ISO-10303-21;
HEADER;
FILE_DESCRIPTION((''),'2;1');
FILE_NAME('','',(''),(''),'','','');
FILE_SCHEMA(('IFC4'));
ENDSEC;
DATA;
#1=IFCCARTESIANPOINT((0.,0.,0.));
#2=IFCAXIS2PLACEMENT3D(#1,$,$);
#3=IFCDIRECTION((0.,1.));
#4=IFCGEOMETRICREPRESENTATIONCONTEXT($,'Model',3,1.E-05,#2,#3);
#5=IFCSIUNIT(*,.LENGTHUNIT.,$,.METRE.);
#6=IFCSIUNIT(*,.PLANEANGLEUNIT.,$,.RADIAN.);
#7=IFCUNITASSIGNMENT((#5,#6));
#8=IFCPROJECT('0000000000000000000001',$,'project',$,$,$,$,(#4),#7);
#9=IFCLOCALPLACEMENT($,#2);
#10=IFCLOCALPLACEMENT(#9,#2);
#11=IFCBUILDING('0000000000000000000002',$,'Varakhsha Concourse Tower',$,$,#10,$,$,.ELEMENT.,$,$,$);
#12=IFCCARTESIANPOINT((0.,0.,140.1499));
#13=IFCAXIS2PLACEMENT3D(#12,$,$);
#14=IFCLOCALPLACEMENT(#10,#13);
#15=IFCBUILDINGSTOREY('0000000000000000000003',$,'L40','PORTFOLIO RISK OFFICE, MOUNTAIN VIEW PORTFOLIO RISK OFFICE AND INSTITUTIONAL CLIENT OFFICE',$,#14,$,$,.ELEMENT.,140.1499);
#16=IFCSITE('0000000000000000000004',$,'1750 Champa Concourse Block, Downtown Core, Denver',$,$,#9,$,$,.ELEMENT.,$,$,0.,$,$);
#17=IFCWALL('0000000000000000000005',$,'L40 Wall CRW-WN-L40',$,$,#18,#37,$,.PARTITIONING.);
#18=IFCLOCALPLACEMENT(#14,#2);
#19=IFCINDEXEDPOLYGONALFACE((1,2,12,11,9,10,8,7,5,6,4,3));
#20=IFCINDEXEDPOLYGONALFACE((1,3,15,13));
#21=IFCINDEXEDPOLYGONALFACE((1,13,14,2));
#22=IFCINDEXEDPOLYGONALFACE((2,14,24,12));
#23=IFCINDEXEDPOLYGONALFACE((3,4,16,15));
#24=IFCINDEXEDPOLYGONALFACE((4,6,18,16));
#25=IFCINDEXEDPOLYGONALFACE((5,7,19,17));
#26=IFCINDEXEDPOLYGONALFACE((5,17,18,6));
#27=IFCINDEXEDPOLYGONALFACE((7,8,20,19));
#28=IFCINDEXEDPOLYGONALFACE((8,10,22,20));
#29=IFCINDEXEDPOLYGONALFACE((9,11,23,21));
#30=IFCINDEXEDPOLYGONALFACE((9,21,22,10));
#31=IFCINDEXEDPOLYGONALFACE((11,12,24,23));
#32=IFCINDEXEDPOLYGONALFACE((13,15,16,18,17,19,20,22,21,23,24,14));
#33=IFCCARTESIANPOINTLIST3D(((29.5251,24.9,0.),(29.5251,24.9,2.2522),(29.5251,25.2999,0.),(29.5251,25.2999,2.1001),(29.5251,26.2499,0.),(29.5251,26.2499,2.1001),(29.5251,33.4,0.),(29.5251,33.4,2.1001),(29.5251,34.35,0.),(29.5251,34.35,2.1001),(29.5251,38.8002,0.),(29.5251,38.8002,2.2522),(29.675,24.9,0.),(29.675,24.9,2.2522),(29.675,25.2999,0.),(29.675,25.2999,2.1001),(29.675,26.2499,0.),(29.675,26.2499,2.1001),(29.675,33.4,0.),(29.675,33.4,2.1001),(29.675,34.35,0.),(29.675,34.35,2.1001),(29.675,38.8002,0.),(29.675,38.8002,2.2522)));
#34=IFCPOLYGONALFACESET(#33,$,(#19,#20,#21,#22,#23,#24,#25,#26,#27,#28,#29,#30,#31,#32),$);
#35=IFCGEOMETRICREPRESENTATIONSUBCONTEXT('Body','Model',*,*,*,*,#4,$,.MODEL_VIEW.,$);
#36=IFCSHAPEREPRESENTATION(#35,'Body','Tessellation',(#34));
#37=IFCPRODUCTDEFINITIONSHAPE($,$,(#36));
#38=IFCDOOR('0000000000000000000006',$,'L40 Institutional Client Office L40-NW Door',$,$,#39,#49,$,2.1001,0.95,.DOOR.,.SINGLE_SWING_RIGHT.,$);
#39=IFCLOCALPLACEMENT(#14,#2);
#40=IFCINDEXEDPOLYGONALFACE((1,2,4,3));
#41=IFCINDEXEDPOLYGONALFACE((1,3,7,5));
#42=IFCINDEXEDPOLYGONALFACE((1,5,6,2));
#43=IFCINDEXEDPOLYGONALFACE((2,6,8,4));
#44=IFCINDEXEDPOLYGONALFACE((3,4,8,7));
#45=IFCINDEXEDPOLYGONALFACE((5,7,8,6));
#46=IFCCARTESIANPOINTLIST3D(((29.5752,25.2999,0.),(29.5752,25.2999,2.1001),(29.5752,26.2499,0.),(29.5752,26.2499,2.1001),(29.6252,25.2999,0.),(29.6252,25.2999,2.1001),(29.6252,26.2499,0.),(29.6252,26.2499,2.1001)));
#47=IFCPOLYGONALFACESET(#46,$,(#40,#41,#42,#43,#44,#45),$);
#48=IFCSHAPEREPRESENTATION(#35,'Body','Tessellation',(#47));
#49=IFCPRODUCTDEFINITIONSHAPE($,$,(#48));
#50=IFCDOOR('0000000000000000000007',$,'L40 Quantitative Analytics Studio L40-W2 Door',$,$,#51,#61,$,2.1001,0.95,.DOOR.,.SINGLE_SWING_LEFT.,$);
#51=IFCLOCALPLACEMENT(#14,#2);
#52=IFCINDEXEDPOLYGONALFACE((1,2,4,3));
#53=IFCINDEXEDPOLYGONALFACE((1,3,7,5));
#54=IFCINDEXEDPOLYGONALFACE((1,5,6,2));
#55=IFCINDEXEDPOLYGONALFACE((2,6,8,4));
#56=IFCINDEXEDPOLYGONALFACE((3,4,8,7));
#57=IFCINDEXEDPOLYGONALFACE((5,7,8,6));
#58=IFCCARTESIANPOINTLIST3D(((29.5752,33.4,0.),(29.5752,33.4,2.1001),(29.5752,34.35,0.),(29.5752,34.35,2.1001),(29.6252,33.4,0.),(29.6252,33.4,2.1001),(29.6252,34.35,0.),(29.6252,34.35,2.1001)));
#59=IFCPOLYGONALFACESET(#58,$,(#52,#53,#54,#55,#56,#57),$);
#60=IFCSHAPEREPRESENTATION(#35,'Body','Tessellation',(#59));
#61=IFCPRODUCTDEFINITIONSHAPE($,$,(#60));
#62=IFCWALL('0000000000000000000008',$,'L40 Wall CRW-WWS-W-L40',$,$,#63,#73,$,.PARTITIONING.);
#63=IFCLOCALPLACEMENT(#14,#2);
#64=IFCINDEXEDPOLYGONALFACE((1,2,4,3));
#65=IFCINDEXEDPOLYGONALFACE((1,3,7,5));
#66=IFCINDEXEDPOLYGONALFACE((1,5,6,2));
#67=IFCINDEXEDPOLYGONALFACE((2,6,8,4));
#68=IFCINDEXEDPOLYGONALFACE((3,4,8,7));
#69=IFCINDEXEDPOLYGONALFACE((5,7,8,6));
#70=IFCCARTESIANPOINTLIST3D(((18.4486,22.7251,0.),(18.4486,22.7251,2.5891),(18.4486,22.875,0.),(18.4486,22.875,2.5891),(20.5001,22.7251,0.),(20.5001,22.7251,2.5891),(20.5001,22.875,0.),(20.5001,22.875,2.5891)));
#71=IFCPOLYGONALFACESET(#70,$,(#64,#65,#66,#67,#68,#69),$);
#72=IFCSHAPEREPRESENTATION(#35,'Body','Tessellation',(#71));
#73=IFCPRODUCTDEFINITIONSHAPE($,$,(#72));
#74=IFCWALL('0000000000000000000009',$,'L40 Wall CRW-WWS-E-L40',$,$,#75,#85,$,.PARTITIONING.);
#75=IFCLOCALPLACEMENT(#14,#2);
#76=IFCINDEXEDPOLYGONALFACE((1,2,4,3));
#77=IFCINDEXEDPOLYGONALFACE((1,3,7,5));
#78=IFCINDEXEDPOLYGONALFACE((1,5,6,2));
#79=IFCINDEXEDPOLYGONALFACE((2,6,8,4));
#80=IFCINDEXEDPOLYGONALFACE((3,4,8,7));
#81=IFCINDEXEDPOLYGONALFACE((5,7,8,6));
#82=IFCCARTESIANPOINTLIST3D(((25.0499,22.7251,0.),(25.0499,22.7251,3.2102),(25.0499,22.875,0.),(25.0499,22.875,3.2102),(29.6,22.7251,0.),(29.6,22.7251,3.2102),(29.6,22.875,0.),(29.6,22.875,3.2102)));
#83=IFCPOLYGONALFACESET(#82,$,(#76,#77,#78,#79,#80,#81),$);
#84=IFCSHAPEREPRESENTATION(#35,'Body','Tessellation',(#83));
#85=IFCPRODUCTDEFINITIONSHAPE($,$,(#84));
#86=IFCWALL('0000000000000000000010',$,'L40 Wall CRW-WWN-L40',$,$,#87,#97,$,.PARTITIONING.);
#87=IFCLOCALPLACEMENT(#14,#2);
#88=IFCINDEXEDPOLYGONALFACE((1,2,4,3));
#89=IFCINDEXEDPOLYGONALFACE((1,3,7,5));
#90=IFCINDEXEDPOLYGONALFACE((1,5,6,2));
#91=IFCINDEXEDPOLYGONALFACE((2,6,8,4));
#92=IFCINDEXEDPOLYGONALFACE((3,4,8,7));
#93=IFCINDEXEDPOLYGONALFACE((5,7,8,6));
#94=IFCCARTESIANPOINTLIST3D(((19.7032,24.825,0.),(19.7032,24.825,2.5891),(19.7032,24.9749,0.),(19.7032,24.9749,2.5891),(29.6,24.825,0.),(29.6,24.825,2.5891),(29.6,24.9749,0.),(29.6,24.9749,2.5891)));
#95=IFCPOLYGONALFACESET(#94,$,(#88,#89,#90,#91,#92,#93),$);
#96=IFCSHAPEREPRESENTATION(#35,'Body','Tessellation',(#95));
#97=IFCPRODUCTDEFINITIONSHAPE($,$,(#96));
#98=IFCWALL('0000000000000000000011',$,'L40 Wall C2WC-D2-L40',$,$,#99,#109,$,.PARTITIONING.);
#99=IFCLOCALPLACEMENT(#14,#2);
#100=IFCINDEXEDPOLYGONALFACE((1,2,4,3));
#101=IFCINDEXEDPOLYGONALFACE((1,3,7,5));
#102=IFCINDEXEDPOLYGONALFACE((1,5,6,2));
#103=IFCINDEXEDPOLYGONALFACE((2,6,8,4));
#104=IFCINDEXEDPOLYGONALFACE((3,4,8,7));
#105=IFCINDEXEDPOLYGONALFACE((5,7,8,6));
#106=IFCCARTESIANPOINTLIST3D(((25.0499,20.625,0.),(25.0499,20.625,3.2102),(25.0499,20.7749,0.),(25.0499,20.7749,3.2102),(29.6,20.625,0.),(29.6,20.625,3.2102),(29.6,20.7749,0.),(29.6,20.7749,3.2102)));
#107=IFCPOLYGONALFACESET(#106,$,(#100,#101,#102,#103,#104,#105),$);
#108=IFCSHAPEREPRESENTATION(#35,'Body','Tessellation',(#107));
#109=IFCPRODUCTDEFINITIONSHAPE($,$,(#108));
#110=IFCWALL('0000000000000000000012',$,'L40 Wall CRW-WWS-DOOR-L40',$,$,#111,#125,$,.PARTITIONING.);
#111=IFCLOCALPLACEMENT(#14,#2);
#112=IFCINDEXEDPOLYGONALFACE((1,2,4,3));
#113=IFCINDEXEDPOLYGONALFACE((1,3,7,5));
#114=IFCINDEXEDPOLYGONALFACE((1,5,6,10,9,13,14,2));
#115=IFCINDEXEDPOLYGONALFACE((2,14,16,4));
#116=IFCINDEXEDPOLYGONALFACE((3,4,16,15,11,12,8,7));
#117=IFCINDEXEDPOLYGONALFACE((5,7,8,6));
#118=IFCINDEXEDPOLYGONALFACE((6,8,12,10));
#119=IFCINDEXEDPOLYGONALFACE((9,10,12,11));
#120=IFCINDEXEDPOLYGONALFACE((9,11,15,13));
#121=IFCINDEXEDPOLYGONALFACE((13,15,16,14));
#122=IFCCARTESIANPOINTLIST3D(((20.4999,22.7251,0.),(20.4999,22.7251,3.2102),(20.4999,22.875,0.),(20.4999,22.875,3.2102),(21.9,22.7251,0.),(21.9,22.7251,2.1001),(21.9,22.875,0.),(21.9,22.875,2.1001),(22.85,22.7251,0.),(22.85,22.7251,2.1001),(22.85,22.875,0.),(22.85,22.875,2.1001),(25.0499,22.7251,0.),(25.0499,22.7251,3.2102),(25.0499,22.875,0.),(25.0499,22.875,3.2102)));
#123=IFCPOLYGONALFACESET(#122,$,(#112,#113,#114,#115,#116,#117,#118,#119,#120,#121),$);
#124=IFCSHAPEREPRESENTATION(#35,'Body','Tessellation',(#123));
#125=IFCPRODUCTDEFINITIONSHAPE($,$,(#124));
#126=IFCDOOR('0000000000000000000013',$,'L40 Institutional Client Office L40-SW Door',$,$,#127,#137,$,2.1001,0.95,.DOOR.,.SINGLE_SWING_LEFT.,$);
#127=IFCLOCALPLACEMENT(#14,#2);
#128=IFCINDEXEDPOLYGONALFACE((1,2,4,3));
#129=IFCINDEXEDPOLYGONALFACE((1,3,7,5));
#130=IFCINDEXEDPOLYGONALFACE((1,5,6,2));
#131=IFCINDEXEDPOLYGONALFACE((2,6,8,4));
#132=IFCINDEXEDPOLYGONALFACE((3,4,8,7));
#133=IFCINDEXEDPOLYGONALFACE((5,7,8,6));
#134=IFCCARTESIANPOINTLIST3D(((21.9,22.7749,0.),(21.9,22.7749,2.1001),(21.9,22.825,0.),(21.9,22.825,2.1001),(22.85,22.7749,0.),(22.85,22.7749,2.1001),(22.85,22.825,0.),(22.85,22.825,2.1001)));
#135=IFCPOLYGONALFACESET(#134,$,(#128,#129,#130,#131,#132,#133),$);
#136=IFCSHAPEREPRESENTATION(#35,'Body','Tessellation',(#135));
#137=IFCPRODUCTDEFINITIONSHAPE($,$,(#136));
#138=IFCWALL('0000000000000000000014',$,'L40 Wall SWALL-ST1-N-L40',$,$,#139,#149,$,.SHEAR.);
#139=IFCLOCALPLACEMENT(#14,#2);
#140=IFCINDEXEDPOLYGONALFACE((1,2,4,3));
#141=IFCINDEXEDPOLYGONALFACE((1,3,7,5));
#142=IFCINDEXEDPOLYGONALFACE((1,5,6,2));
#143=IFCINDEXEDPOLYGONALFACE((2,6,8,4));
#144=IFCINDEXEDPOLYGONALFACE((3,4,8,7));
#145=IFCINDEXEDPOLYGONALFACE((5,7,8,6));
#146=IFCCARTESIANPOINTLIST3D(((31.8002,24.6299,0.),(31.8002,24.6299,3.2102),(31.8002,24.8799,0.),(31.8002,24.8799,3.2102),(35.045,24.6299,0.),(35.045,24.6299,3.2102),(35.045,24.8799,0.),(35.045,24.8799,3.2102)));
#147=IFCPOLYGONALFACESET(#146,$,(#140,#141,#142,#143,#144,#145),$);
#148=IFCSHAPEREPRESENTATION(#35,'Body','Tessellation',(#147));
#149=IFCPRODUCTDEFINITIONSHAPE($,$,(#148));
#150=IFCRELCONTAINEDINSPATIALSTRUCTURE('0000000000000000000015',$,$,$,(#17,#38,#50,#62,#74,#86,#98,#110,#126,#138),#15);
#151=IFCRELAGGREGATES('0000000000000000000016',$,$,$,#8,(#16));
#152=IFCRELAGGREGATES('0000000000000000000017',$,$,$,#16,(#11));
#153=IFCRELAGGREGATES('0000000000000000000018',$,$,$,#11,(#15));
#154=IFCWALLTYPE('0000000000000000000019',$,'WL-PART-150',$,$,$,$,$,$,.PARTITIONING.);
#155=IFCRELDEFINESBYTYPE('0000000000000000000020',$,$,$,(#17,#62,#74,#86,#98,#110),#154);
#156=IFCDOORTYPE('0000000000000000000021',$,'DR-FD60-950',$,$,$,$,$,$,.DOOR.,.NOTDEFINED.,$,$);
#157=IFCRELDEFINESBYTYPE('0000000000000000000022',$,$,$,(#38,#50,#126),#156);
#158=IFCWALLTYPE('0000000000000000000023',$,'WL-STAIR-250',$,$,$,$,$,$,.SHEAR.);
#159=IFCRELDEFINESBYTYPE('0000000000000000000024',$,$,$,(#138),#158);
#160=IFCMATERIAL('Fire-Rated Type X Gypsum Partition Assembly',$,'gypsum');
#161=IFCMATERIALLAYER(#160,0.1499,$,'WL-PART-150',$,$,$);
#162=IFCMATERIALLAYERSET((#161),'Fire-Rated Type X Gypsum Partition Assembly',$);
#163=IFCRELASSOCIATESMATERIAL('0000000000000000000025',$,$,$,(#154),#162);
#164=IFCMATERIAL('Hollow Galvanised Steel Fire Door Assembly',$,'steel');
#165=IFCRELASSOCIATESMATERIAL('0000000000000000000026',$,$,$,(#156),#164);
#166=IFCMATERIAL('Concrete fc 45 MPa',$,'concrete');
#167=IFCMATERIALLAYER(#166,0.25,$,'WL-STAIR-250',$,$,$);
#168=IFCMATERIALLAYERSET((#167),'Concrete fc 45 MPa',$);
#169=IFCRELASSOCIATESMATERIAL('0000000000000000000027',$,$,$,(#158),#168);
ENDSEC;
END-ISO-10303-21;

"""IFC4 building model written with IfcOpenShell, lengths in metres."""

from ifc_helpers import new_model, si_unit, direction, frame, frame_2d, origin, place, context, subcontext, project, spatial, rectangle, extrude, material, layer, layer_set, type_object, element, fill, save


model = new_model("IFC4")

# Units and contexts
model_context = context("Model", 3, precision=1e-05, world=origin(), true_north=direction((0.0, 1.0)))
body_context = subcontext(model_context, "Body", "Model", "MODEL_VIEW")
ifc_project = project(units=[si_unit("LENGTHUNIT", "METRE"), si_unit("PLANEANGLEUNIT", "RADIAN")], contexts=[model_context])

# Site, building, storey
site_placement = place(None, origin())
site = spatial("IfcSite", under=ifc_project, at=site_placement, Name="1750 Champa Concourse Block, Downtown Core, Denver", CompositionType="ELEMENT", RefElevation=0.0)
building_placement = place(site_placement, origin())
building = spatial("IfcBuilding", under=site, at=building_placement, Name="Varakhsha Concourse Tower", CompositionType="ELEMENT")
storey_placement = place(building_placement, frame((0.0, 0.0, 140.1499)))
storey = spatial("IfcBuildingStorey", under=building, at=storey_placement, Name="L40", Description="PORTFOLIO RISK OFFICE, MOUNTAIN VIEW PORTFOLIO RISK OFFICE AND INSTITUTIONAL CLIENT OFFICE", CompositionType="ELEMENT", Elevation=140.1499)

# Wall, openings, doors
ifc_material_1 = material(Name="Fire-Rated Type X Gypsum Partition Assembly", Category="gypsum")
ifc_layer_1 = layer(ifc_material_1, 0.1499, Name="WL-PART-150")
ifc_layer_set_1 = layer_set([ifc_layer_1], Name="Fire-Rated Type X Gypsum Partition Assembly")
wall_type_1 = type_object("IfcWallType", Name="WL-PART-150", PredefinedType="PARTITIONING", material=ifc_layer_set_1)
wall_1_placement = place(storey_placement, frame((29.6001, 24.8999, 0.0), z_axis=(0.0, 0.0, 1.0), x_axis=(0.0, 1.0, 0.0)))
wall_1 = element("IfcWall", 1, at=wall_1_placement, inside=storey, type_object=wall_type_1, Name="L40 Wall CRW-WN-L40", PredefinedType="PARTITIONING", context=body_context, shape_type="SweptSolid", body=[
    extrude(rectangle(XDim=13.9001, YDim=0.1499, at=frame_2d((6.9502, 0.0))), origin(), (0.0, 0.0, 1.0), 2.2522),
])
opening_1_placement = place(wall_1_placement, frame((0.3999, 0.0, 0.0)))
opening_1 = element("IfcOpeningElement", 2, at=opening_1_placement, cuts=wall_1, PredefinedType="OPENING", context=body_context, shape_type="SweptSolid", body=[
    extrude(rectangle(XDim=0.95, YDim=2.1001, at=frame_2d((0.4751, 1.05))), frame((0.0, 0.085, 0.0), z_axis=(0.0, -1.0, 0.0), x_axis=(1.0, 0.0, 0.0)), (0.0, 0.0, 1.0), 0.1699),
])
opening_2_placement = place(wall_1_placement, frame((8.5, 0.0, 0.0)))
opening_2 = element("IfcOpeningElement", 3, at=opening_2_placement, cuts=wall_1, PredefinedType="OPENING", context=body_context, shape_type="SweptSolid", body=[
    extrude(rectangle(XDim=0.95, YDim=2.1001, at=frame_2d((0.4751, 1.05))), frame((0.0, 0.085, 0.0), z_axis=(0.0, -1.0, 0.0), x_axis=(1.0, 0.0, 0.0)), (0.0, 0.0, 1.0), 0.1699),
])
ifc_material_2 = material(Name="Hollow Galvanised Steel Fire Door Assembly", Category="steel")
door_type_1 = type_object("IfcDoorType", Name="DR-FD60-950", OperationType="NOTDEFINED", PredefinedType="DOOR", material=ifc_material_2)
door_1_placement = place(opening_1_placement, origin())
door_1 = element("IfcDoor", 4, at=door_1_placement, inside=storey, type_object=door_type_1, Name="L40 Institutional Client Office L40-NW Door", OperationType="SINGLE_SWING_RIGHT", OverallHeight=2.1001, OverallWidth=0.95, PredefinedType="DOOR", context=body_context, shape_type="SweptSolid", body=[
    extrude(rectangle(XDim=0.95, YDim=2.1001, at=frame_2d((0.4751, 1.05))), frame((0.0, 0.0249, 0.0), z_axis=(0.0, -1.0, 0.0), x_axis=(1.0, 0.0, 0.0)), (0.0, 0.0, 1.0), 0.05),
])
fill(opening_1, door_1)
door_2_placement = place(opening_2_placement, origin())
door_2 = element("IfcDoor", 5, at=door_2_placement, inside=storey, type_object=door_type_1, Name="L40 Quantitative Analytics Studio L40-W2 Door", OperationType="SINGLE_SWING_LEFT", OverallHeight=2.1001, OverallWidth=0.95, PredefinedType="DOOR", context=body_context, shape_type="SweptSolid", body=[
    extrude(rectangle(XDim=0.95, YDim=2.1001, at=frame_2d((0.4751, 1.05))), frame((0.0, 0.0249, 0.0), z_axis=(0.0, -1.0, 0.0), x_axis=(1.0, 0.0, 0.0)), (0.0, 0.0, 1.0), 0.05),
])
fill(opening_2, door_2)

# Walls
wall_2_placement = place(storey_placement, frame((18.4485, 22.8, 0.0), z_axis=(0.0, 0.0, 1.0), x_axis=(1.0, 0.0, 0.0)))
element("IfcWall", 6, at=wall_2_placement, inside=storey, type_object=wall_type_1, Name="L40 Wall CRW-WWS-W-L40", PredefinedType="PARTITIONING", context=body_context, shape_type="SweptSolid", body=[
    extrude(rectangle(XDim=2.0515, YDim=0.1499, at=frame_2d((1.0259, 0.0))), origin(), (0.0, 0.0, 1.0), 2.5891),
])
wall_3_placement = place(storey_placement, frame((25.05, 22.8, 0.0), z_axis=(0.0, 0.0, 1.0), x_axis=(1.0, 0.0, 0.0)))
element("IfcWall", 7, at=wall_3_placement, inside=storey, type_object=wall_type_1, Name="L40 Wall CRW-WWS-E-L40", PredefinedType="PARTITIONING", context=body_context, shape_type="SweptSolid", body=[
    extrude(rectangle(XDim=4.55, YDim=0.1499, at=frame_2d((2.2749, 0.0))), origin(), (0.0, 0.0, 1.0), 3.2102),
])
wall_4_placement = place(storey_placement, frame((19.7034, 24.8999, 0.0), z_axis=(0.0, 0.0, 1.0), x_axis=(1.0, 0.0, 0.0)))
element("IfcWall", 8, at=wall_4_placement, inside=storey, type_object=wall_type_1, Name="L40 Wall CRW-WWN-L40", PredefinedType="PARTITIONING", context=body_context, shape_type="SweptSolid", body=[
    extrude(rectangle(XDim=9.8967, YDim=0.1499, at=frame_2d((4.9482, 0.0))), origin(), (0.0, 0.0, 1.0), 2.5891),
])
wall_5_placement = place(storey_placement, frame((25.05, 20.7, 0.0), z_axis=(0.0, 0.0, 1.0), x_axis=(1.0, 0.0, 0.0)))
element("IfcWall", 9, at=wall_5_placement, inside=storey, type_object=wall_type_1, Name="L40 Wall C2WC-D2-L40", PredefinedType="PARTITIONING", context=body_context, shape_type="SweptSolid", body=[
    extrude(rectangle(XDim=4.55, YDim=0.1499, at=frame_2d((2.2749, 0.0))), origin(), (0.0, 0.0, 1.0), 3.2102),
])

# Wall, opening, door
wall_6_placement = place(storey_placement, frame((20.5, 22.8, 0.0), z_axis=(0.0, 0.0, 1.0), x_axis=(1.0, 0.0, 0.0)))
wall_6 = element("IfcWall", 10, at=wall_6_placement, inside=storey, type_object=wall_type_1, Name="L40 Wall CRW-WWS-DOOR-L40", PredefinedType="PARTITIONING", context=body_context, shape_type="SweptSolid", body=[
    extrude(rectangle(XDim=4.55, YDim=0.1499, at=frame_2d((2.2749, 0.0))), origin(), (0.0, 0.0, 1.0), 3.2102),
])
opening_3_placement = place(wall_6_placement, frame((1.3999, 0.0, 0.0)))
opening_3 = element("IfcOpeningElement", 11, at=opening_3_placement, cuts=wall_6, PredefinedType="OPENING", context=body_context, shape_type="SweptSolid", body=[
    extrude(rectangle(XDim=0.95, YDim=2.1001, at=frame_2d((0.4751, 1.05))), frame((0.0, 0.085, 0.0), z_axis=(0.0, -1.0, 0.0), x_axis=(1.0, 0.0, 0.0)), (0.0, 0.0, 1.0), 0.1699),
])
door_3_placement = place(opening_3_placement, origin())
door_3 = element("IfcDoor", 12, at=door_3_placement, inside=storey, type_object=door_type_1, Name="L40 Institutional Client Office L40-SW Door", OperationType="SINGLE_SWING_LEFT", OverallHeight=2.1001, OverallWidth=0.95, PredefinedType="DOOR", context=body_context, shape_type="SweptSolid", body=[
    extrude(rectangle(XDim=0.95, YDim=2.1001, at=frame_2d((0.4751, 1.05))), frame((0.0, 0.0249, 0.0), z_axis=(0.0, -1.0, 0.0), x_axis=(1.0, 0.0, 0.0)), (0.0, 0.0, 1.0), 0.05),
])
fill(opening_3, door_3)

# Wall
ifc_material_3 = material(Name="Concrete fc 45 MPa", Category="concrete")
ifc_layer_2 = layer(ifc_material_3, 0.25, Name="WL-STAIR-250")
ifc_layer_set_2 = layer_set([ifc_layer_2], Name="Concrete fc 45 MPa")
wall_type_2 = type_object("IfcWallType", Name="WL-STAIR-250", PredefinedType="SHEAR", material=ifc_layer_set_2)
wall_7_placement = place(storey_placement, frame((31.8, 24.7549, 0.0), z_axis=(0.0, 0.0, 1.0), x_axis=(1.0, 0.0, 0.0)))
element("IfcWall", 13, at=wall_7_placement, inside=storey, type_object=wall_type_2, Name="L40 Wall SWALL-ST1-N-L40", PredefinedType="SHEAR", context=body_context, shape_type="SweptSolid", body=[
    extrude(rectangle(XDim=3.2449, YDim=0.25, at=frame_2d((1.6226, 0.0))), origin(), (0.0, 0.0, 1.0), 3.2102),
])

save(model, "model.ifc")
